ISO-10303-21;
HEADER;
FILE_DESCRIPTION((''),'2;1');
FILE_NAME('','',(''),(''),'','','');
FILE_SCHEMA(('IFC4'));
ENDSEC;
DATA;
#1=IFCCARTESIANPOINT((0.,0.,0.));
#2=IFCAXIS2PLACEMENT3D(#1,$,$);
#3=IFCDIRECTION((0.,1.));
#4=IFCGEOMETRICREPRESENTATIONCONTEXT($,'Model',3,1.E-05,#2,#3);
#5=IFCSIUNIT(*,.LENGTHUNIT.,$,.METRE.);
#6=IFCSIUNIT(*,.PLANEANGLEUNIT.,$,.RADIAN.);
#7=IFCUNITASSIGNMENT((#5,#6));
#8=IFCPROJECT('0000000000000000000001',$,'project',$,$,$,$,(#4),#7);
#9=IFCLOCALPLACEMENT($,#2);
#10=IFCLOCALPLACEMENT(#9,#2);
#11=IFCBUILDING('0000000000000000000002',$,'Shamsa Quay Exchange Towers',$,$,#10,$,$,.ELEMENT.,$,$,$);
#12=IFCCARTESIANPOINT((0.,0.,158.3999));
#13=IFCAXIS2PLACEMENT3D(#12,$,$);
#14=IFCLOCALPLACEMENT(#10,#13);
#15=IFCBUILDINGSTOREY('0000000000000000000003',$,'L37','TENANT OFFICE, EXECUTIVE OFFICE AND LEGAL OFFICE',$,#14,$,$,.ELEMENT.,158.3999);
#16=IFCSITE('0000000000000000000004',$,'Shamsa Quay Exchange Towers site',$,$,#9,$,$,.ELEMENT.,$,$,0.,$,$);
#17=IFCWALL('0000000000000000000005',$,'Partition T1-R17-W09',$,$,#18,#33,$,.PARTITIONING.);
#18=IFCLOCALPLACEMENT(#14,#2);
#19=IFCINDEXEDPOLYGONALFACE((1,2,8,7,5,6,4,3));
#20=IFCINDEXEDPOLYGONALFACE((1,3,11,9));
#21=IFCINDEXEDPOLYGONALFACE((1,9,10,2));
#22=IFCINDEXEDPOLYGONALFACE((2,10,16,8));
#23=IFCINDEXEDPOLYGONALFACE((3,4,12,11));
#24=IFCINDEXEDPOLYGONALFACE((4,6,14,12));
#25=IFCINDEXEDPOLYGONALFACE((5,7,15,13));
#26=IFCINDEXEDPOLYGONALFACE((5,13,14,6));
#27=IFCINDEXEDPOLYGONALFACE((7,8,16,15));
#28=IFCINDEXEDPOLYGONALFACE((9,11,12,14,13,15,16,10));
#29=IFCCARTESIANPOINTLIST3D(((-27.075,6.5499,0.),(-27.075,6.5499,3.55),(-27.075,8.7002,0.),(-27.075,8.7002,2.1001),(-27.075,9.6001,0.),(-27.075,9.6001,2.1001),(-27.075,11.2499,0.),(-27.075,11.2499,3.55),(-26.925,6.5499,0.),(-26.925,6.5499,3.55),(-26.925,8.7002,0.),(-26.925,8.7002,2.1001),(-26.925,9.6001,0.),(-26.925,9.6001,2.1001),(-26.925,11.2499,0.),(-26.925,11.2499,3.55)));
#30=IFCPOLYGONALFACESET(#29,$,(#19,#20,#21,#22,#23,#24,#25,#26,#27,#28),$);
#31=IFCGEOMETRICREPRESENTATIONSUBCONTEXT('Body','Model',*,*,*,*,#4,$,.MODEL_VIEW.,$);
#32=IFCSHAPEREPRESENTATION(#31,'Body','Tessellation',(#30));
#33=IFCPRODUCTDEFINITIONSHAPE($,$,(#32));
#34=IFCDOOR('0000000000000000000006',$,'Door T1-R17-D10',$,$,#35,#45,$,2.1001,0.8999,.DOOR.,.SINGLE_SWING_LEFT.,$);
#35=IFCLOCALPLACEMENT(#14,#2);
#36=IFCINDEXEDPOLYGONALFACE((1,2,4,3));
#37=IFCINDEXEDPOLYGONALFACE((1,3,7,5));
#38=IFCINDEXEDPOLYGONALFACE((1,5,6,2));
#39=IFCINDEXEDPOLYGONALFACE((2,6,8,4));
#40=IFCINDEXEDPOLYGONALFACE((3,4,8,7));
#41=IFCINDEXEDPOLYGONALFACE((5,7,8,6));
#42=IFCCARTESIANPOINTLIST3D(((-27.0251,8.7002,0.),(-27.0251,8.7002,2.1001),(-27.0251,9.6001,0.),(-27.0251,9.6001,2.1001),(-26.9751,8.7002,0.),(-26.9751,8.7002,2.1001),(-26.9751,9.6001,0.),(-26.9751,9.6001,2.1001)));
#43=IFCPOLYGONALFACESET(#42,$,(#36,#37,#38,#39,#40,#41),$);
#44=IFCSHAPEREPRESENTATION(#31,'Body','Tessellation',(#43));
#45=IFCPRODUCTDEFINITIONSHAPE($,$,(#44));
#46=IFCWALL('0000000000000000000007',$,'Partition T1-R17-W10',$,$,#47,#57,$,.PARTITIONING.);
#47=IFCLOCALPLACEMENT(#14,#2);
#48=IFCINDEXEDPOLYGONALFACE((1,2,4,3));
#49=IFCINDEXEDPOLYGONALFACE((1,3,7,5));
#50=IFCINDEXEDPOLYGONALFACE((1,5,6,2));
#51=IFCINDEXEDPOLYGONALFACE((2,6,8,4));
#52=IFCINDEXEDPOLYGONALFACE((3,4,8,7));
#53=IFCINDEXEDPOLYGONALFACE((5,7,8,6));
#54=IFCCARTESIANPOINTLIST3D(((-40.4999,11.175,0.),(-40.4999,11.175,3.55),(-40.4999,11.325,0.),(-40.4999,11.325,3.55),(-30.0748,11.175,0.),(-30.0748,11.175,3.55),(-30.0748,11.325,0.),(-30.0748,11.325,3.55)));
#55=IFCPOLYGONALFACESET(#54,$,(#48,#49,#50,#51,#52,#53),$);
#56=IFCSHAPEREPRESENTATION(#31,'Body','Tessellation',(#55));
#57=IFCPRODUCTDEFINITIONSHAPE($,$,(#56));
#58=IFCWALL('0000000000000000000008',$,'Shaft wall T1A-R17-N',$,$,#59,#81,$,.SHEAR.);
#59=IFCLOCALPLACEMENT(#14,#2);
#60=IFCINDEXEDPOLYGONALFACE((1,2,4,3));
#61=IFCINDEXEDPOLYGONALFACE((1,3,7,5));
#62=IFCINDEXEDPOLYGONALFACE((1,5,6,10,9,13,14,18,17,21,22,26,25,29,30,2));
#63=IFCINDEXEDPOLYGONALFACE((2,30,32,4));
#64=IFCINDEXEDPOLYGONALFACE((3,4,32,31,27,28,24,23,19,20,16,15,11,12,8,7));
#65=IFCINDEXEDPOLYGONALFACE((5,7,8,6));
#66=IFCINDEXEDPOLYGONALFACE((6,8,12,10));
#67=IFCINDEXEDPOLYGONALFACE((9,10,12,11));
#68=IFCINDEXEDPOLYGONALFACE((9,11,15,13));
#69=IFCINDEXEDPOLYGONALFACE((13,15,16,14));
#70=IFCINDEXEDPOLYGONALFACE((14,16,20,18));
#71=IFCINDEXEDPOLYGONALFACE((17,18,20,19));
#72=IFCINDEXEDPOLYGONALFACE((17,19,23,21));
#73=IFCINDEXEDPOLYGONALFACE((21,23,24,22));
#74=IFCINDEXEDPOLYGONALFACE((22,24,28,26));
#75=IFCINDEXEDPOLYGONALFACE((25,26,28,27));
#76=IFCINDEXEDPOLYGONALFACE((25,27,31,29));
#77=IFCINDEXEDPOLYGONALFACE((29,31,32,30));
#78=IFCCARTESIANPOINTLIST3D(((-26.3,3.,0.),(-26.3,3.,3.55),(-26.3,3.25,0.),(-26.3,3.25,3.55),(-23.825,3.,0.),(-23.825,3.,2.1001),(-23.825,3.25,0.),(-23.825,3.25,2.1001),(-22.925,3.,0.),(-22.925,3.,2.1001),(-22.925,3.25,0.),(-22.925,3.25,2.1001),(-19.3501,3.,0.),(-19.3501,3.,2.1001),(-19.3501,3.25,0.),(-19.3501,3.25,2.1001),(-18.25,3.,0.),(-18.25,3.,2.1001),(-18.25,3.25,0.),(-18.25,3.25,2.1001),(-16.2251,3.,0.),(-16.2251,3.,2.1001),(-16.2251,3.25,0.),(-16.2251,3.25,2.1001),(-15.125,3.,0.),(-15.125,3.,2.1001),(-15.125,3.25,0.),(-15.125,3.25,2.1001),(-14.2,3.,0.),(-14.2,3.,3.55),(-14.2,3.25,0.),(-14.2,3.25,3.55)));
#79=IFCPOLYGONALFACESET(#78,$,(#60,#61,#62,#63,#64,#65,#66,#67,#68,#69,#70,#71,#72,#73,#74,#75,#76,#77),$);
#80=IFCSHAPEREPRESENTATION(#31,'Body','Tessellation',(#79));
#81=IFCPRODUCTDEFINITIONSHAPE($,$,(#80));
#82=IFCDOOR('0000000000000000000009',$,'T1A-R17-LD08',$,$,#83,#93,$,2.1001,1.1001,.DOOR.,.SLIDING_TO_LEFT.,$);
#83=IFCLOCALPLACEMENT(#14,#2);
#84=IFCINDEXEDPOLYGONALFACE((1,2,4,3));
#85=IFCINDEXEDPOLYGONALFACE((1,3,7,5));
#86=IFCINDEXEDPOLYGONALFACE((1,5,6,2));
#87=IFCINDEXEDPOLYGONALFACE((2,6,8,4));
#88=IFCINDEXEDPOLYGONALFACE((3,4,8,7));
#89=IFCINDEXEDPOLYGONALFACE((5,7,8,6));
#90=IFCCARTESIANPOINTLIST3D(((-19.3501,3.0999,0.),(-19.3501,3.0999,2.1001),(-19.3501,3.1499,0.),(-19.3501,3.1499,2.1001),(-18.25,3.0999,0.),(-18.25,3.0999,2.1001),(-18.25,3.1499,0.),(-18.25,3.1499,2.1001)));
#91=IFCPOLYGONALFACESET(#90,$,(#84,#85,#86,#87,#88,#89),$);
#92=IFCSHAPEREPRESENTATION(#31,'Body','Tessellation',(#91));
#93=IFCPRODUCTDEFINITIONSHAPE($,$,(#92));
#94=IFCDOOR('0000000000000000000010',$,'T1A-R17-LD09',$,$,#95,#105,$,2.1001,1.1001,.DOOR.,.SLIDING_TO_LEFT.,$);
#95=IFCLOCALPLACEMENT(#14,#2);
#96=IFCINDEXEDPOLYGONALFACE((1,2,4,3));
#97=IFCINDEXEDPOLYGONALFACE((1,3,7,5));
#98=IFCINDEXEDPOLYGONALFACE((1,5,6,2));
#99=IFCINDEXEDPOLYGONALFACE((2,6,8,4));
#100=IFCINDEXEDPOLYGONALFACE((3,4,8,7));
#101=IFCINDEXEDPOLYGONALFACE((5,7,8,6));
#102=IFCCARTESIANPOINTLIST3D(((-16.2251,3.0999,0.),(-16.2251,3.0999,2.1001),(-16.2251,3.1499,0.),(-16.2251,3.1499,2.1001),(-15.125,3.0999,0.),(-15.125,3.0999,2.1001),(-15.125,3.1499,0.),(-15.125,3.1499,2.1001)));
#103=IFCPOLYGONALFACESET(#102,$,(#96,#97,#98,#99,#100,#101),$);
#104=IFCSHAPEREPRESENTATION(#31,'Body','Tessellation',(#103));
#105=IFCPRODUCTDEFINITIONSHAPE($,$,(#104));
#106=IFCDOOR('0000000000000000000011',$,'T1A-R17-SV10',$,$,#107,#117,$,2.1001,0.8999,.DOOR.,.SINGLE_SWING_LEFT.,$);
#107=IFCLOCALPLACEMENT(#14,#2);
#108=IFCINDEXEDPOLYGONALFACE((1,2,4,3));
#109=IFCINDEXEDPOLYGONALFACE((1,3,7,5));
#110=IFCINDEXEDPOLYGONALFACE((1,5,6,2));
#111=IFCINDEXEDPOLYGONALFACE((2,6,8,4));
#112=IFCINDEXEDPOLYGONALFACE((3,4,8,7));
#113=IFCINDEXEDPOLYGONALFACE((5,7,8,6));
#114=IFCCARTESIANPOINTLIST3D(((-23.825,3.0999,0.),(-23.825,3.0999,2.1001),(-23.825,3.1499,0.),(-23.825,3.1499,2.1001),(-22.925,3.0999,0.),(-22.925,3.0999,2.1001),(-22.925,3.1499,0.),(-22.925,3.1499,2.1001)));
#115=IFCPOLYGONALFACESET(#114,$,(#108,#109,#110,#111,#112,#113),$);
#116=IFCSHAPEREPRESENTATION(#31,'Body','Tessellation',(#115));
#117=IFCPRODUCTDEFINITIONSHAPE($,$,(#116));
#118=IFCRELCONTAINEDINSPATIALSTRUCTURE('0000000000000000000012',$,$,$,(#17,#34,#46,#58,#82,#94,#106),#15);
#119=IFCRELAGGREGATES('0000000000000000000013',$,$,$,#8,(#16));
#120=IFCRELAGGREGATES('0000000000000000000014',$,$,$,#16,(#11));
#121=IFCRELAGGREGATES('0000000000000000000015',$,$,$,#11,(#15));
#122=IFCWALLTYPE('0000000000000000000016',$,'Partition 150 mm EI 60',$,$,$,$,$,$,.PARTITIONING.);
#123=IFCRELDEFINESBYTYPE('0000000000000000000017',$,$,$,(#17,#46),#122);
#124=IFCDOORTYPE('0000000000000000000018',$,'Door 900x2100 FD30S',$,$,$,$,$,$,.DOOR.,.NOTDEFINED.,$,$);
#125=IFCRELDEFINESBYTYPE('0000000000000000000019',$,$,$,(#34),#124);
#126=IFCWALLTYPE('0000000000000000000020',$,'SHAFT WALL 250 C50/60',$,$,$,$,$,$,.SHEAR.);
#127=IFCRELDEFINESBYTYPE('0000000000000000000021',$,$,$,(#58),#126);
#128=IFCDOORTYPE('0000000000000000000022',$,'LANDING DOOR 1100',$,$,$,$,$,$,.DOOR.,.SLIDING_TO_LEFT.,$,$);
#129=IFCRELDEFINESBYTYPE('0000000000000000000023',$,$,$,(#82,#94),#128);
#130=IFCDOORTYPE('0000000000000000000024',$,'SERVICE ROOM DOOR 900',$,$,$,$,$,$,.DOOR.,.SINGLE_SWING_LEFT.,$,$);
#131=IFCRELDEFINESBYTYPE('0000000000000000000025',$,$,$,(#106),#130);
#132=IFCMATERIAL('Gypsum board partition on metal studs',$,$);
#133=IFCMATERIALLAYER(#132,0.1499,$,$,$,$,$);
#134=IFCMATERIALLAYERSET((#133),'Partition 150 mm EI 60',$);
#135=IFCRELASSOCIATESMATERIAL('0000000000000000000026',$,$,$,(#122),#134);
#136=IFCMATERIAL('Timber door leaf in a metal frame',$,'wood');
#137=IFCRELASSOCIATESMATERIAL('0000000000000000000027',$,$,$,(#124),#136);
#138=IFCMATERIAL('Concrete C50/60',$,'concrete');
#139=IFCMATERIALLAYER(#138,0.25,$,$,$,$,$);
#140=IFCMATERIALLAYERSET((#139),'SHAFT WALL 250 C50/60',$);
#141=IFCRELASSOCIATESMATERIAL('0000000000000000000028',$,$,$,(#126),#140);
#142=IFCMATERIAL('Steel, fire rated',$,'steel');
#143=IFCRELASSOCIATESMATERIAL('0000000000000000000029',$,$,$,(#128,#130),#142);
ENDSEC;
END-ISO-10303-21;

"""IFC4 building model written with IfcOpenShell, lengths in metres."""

from ifc_helpers import new_model, si_unit, direction, frame, frame_2d, origin, place, context, subcontext, project, spatial, rectangle, extrude, material, layer, layer_set, type_object, element, fill, save


model = new_model("IFC4")

# Units and contexts
model_context = context("Model", 3, precision=1e-05, world=origin(), true_north=direction((0.0, 1.0)))
body_context = subcontext(model_context, "Body", "Model", "MODEL_VIEW")
ifc_project = project(units=[si_unit("LENGTHUNIT", "METRE"), si_unit("PLANEANGLEUNIT", "RADIAN")], contexts=[model_context])

# Site, building, storey
site_placement = place(None, origin())
site = spatial("IfcSite", under=ifc_project, at=site_placement, Name="Shamsa Quay Exchange Towers site", CompositionType="ELEMENT", RefElevation=0.0)
building_placement = place(site_placement, origin())
building = spatial("IfcBuilding", under=site, at=building_placement, Name="Shamsa Quay Exchange Towers", CompositionType="ELEMENT")
storey_placement = place(building_placement, frame((0.0, 0.0, 158.3999)))
storey = spatial("IfcBuildingStorey", under=building, at=storey_placement, Name="L37", Description="TENANT OFFICE, EXECUTIVE OFFICE AND LEGAL OFFICE", CompositionType="ELEMENT", Elevation=158.3999)

# Shared definitions
ifc_material_1 = material(Name="Steel, fire rated", Category="steel")

# Shared definitions
ifc_material_2 = material(Name="Gypsum board partition on metal studs")

# Shared definitions
ifc_layer_1 = layer(ifc_material_2, 0.1499)
ifc_layer_set_1 = layer_set([ifc_layer_1], Name="Partition 150 mm EI 60")
wall_type_1 = type_object("IfcWallType", Name="Partition 150 mm EI 60", PredefinedType="PARTITIONING", material=ifc_layer_set_1)
ifc_material_3 = material(Name="Timber door leaf in a metal frame", Category="wood")
door_type_1 = type_object("IfcDoorType", Name="Door 900x2100 FD30S", OperationType="NOTDEFINED", PredefinedType="DOOR", material=ifc_material_3)

# Wall, opening, door
wall_1_placement = place(storey_placement, frame((-27.0, 11.25, 0.0), z_axis=(0.0, 0.0, 1.0), x_axis=(0.0, -1.0, 0.0)))
wall_1 = element("IfcWall", 1, at=wall_1_placement, inside=storey, type_object=wall_type_1, Name="Partition T1-R17-W09", PredefinedType="PARTITIONING", context=body_context, shape_type="SweptSolid", body=[
    extrude(rectangle(XDim=4.7, YDim=0.1499, at=frame_2d((2.3501, 0.0))), origin(), (0.0, 0.0, 1.0), 3.55),
])
opening_1_placement = place(wall_1_placement, frame((1.6499, 0.0, 0.0)))
opening_1 = element("IfcOpeningElement", 2, at=opening_1_placement, cuts=wall_1, PredefinedType="OPENING", context=body_context, shape_type="SweptSolid", body=[
    extrude(rectangle(XDim=0.8999, YDim=2.1001, at=frame_2d((0.45, 1.05))), frame((0.0, 0.085, 0.0), z_axis=(0.0, -1.0, 0.0), x_axis=(1.0, 0.0, 0.0)), (0.0, 0.0, 1.0), 0.1699),
])
door_1_placement = place(opening_1_placement, origin())
door_1 = element("IfcDoor", 3, at=door_1_placement, inside=storey, type_object=door_type_1, Name="Door T1-R17-D10", OperationType="SINGLE_SWING_LEFT", OverallHeight=2.1001, OverallWidth=0.8999, PredefinedType="DOOR", context=body_context, shape_type="SweptSolid", body=[
    extrude(rectangle(XDim=0.8999, YDim=2.1001, at=frame_2d((0.45, 1.05))), frame((0.0, 0.0249, 0.0), z_axis=(0.0, -1.0, 0.0), x_axis=(1.0, 0.0, 0.0)), (0.0, 0.0, 1.0), 0.05),
])
fill(opening_1, door_1)

# Wall
wall_2_placement = place(storey_placement, frame((-30.075, 11.25, 0.0), z_axis=(0.0, 0.0, 1.0), x_axis=(-1.0, 0.0, 0.0)))
element("IfcWall", 4, at=wall_2_placement, inside=storey, type_object=wall_type_1, Name="Partition T1-R17-W10", PredefinedType="PARTITIONING", context=body_context, shape_type="SweptSolid", body=[
    extrude(rectangle(XDim=10.425, YDim=0.1499, at=frame_2d((5.2124, 0.0))), origin(), (0.0, 0.0, 1.0), 3.55),
])

# Wall, openings, doors
ifc_material_4 = material(Name="Concrete C50/60", Category="concrete")
ifc_layer_2 = layer(ifc_material_4, 0.25)
ifc_layer_set_2 = layer_set([ifc_layer_2], Name="SHAFT WALL 250 C50/60")
wall_type_2 = type_object("IfcWallType", Name="SHAFT WALL 250 C50/60", PredefinedType="SHEAR", material=ifc_layer_set_2)
wall_3_placement = place(storey_placement, frame((-26.3, 3.125, 0.0)))
wall_3 = element("IfcWall", 5, at=wall_3_placement, inside=storey, type_object=wall_type_2, Name="Shaft wall T1A-R17-N", PredefinedType="SHEAR", context=body_context, shape_type="SweptSolid", body=[
    extrude(rectangle(XDim=12.1001, YDim=0.25, at=frame_2d((6.05, 0.0))), origin(), (0.0, 0.0, 1.0), 3.55),
])
opening_2_placement = place(wall_3_placement, frame((6.95, 0.0, 0.0)))
opening_2 = element("IfcOpeningElement", 6, at=opening_2_placement, cuts=wall_3, PredefinedType="OPENING", context=body_context, shape_type="SweptSolid", body=[
    extrude(rectangle(XDim=1.1001, YDim=2.1001, at=frame_2d((0.55, 1.05))), frame((0.0, 0.135, 0.0), z_axis=(0.0, -1.0, 0.0), x_axis=(1.0, 0.0, 0.0)), (0.0, 0.0, 1.0), 0.27),
])
opening_3_placement = place(wall_3_placement, frame((10.075, 0.0, 0.0)))
opening_3 = element("IfcOpeningElement", 7, at=opening_3_placement, cuts=wall_3, PredefinedType="OPENING", context=body_context, shape_type="SweptSolid", body=[
    extrude(rectangle(XDim=1.1001, YDim=2.1001, at=frame_2d((0.55, 1.05))), frame((0.0, 0.135, 0.0), z_axis=(0.0, -1.0, 0.0), x_axis=(1.0, 0.0, 0.0)), (0.0, 0.0, 1.0), 0.27),
])
opening_4_placement = place(wall_3_placement, frame((2.4751, 0.0, 0.0)))
opening_4 = element("IfcOpeningElement", 8, at=opening_4_placement, cuts=wall_3, PredefinedType="OPENING", context=body_context, shape_type="SweptSolid", body=[
    extrude(rectangle(XDim=0.8999, YDim=2.1001, at=frame_2d((0.45, 1.05))), frame((0.0, 0.135, 0.0), z_axis=(0.0, -1.0, 0.0), x_axis=(1.0, 0.0, 0.0)), (0.0, 0.0, 1.0), 0.27),
])
door_type_2 = type_object("IfcDoorType", Name="LANDING DOOR 1100", OperationType="SLIDING_TO_LEFT", PredefinedType="DOOR", material=ifc_material_1)
door_2_placement = place(opening_2_placement, origin())
door_2 = element("IfcDoor", 9, at=door_2_placement, inside=storey, type_object=door_type_2, Name="T1A-R17-LD08", OperationType="SLIDING_TO_LEFT", OverallHeight=2.1001, OverallWidth=1.1001, PredefinedType="DOOR", context=body_context, shape_type="SweptSolid", body=[
    extrude(rectangle(XDim=1.1001, YDim=2.1001, at=frame_2d((0.55, 1.05))), frame((0.0, 0.0249, 0.0), z_axis=(0.0, -1.0, 0.0), x_axis=(1.0, 0.0, 0.0)), (0.0, 0.0, 1.0), 0.05),
])
fill(opening_2, door_2)
door_3_placement = place(opening_3_placement, origin())
door_3 = element("IfcDoor", 10, at=door_3_placement, inside=storey, type_object=door_type_2, Name="T1A-R17-LD09", OperationType="SLIDING_TO_LEFT", OverallHeight=2.1001, OverallWidth=1.1001, PredefinedType="DOOR", context=body_context, shape_type="SweptSolid", body=[
    extrude(rectangle(XDim=1.1001, YDim=2.1001, at=frame_2d((0.55, 1.05))), frame((0.0, 0.0249, 0.0), z_axis=(0.0, -1.0, 0.0), x_axis=(1.0, 0.0, 0.0)), (0.0, 0.0, 1.0), 0.05),
])
fill(opening_3, door_3)
door_type_3 = type_object("IfcDoorType", Name="SERVICE ROOM DOOR 900", OperationType="SINGLE_SWING_LEFT", PredefinedType="DOOR", material=ifc_material_1)
door_4_placement = place(opening_4_placement, origin())
door_4 = element("IfcDoor", 11, at=door_4_placement, inside=storey, type_object=door_type_3, Name="T1A-R17-SV10", OperationType="SINGLE_SWING_LEFT", OverallHeight=2.1001, OverallWidth=0.8999, PredefinedType="DOOR", context=body_context, shape_type="SweptSolid", body=[
    extrude(rectangle(XDim=0.8999, YDim=2.1001, at=frame_2d((0.45, 1.05))), frame((0.0, 0.0249, 0.0), z_axis=(0.0, -1.0, 0.0), x_axis=(1.0, 0.0, 0.0)), (0.0, 0.0, 1.0), 0.05),
])
fill(opening_4, door_4)

save(model, "model.ifc")
